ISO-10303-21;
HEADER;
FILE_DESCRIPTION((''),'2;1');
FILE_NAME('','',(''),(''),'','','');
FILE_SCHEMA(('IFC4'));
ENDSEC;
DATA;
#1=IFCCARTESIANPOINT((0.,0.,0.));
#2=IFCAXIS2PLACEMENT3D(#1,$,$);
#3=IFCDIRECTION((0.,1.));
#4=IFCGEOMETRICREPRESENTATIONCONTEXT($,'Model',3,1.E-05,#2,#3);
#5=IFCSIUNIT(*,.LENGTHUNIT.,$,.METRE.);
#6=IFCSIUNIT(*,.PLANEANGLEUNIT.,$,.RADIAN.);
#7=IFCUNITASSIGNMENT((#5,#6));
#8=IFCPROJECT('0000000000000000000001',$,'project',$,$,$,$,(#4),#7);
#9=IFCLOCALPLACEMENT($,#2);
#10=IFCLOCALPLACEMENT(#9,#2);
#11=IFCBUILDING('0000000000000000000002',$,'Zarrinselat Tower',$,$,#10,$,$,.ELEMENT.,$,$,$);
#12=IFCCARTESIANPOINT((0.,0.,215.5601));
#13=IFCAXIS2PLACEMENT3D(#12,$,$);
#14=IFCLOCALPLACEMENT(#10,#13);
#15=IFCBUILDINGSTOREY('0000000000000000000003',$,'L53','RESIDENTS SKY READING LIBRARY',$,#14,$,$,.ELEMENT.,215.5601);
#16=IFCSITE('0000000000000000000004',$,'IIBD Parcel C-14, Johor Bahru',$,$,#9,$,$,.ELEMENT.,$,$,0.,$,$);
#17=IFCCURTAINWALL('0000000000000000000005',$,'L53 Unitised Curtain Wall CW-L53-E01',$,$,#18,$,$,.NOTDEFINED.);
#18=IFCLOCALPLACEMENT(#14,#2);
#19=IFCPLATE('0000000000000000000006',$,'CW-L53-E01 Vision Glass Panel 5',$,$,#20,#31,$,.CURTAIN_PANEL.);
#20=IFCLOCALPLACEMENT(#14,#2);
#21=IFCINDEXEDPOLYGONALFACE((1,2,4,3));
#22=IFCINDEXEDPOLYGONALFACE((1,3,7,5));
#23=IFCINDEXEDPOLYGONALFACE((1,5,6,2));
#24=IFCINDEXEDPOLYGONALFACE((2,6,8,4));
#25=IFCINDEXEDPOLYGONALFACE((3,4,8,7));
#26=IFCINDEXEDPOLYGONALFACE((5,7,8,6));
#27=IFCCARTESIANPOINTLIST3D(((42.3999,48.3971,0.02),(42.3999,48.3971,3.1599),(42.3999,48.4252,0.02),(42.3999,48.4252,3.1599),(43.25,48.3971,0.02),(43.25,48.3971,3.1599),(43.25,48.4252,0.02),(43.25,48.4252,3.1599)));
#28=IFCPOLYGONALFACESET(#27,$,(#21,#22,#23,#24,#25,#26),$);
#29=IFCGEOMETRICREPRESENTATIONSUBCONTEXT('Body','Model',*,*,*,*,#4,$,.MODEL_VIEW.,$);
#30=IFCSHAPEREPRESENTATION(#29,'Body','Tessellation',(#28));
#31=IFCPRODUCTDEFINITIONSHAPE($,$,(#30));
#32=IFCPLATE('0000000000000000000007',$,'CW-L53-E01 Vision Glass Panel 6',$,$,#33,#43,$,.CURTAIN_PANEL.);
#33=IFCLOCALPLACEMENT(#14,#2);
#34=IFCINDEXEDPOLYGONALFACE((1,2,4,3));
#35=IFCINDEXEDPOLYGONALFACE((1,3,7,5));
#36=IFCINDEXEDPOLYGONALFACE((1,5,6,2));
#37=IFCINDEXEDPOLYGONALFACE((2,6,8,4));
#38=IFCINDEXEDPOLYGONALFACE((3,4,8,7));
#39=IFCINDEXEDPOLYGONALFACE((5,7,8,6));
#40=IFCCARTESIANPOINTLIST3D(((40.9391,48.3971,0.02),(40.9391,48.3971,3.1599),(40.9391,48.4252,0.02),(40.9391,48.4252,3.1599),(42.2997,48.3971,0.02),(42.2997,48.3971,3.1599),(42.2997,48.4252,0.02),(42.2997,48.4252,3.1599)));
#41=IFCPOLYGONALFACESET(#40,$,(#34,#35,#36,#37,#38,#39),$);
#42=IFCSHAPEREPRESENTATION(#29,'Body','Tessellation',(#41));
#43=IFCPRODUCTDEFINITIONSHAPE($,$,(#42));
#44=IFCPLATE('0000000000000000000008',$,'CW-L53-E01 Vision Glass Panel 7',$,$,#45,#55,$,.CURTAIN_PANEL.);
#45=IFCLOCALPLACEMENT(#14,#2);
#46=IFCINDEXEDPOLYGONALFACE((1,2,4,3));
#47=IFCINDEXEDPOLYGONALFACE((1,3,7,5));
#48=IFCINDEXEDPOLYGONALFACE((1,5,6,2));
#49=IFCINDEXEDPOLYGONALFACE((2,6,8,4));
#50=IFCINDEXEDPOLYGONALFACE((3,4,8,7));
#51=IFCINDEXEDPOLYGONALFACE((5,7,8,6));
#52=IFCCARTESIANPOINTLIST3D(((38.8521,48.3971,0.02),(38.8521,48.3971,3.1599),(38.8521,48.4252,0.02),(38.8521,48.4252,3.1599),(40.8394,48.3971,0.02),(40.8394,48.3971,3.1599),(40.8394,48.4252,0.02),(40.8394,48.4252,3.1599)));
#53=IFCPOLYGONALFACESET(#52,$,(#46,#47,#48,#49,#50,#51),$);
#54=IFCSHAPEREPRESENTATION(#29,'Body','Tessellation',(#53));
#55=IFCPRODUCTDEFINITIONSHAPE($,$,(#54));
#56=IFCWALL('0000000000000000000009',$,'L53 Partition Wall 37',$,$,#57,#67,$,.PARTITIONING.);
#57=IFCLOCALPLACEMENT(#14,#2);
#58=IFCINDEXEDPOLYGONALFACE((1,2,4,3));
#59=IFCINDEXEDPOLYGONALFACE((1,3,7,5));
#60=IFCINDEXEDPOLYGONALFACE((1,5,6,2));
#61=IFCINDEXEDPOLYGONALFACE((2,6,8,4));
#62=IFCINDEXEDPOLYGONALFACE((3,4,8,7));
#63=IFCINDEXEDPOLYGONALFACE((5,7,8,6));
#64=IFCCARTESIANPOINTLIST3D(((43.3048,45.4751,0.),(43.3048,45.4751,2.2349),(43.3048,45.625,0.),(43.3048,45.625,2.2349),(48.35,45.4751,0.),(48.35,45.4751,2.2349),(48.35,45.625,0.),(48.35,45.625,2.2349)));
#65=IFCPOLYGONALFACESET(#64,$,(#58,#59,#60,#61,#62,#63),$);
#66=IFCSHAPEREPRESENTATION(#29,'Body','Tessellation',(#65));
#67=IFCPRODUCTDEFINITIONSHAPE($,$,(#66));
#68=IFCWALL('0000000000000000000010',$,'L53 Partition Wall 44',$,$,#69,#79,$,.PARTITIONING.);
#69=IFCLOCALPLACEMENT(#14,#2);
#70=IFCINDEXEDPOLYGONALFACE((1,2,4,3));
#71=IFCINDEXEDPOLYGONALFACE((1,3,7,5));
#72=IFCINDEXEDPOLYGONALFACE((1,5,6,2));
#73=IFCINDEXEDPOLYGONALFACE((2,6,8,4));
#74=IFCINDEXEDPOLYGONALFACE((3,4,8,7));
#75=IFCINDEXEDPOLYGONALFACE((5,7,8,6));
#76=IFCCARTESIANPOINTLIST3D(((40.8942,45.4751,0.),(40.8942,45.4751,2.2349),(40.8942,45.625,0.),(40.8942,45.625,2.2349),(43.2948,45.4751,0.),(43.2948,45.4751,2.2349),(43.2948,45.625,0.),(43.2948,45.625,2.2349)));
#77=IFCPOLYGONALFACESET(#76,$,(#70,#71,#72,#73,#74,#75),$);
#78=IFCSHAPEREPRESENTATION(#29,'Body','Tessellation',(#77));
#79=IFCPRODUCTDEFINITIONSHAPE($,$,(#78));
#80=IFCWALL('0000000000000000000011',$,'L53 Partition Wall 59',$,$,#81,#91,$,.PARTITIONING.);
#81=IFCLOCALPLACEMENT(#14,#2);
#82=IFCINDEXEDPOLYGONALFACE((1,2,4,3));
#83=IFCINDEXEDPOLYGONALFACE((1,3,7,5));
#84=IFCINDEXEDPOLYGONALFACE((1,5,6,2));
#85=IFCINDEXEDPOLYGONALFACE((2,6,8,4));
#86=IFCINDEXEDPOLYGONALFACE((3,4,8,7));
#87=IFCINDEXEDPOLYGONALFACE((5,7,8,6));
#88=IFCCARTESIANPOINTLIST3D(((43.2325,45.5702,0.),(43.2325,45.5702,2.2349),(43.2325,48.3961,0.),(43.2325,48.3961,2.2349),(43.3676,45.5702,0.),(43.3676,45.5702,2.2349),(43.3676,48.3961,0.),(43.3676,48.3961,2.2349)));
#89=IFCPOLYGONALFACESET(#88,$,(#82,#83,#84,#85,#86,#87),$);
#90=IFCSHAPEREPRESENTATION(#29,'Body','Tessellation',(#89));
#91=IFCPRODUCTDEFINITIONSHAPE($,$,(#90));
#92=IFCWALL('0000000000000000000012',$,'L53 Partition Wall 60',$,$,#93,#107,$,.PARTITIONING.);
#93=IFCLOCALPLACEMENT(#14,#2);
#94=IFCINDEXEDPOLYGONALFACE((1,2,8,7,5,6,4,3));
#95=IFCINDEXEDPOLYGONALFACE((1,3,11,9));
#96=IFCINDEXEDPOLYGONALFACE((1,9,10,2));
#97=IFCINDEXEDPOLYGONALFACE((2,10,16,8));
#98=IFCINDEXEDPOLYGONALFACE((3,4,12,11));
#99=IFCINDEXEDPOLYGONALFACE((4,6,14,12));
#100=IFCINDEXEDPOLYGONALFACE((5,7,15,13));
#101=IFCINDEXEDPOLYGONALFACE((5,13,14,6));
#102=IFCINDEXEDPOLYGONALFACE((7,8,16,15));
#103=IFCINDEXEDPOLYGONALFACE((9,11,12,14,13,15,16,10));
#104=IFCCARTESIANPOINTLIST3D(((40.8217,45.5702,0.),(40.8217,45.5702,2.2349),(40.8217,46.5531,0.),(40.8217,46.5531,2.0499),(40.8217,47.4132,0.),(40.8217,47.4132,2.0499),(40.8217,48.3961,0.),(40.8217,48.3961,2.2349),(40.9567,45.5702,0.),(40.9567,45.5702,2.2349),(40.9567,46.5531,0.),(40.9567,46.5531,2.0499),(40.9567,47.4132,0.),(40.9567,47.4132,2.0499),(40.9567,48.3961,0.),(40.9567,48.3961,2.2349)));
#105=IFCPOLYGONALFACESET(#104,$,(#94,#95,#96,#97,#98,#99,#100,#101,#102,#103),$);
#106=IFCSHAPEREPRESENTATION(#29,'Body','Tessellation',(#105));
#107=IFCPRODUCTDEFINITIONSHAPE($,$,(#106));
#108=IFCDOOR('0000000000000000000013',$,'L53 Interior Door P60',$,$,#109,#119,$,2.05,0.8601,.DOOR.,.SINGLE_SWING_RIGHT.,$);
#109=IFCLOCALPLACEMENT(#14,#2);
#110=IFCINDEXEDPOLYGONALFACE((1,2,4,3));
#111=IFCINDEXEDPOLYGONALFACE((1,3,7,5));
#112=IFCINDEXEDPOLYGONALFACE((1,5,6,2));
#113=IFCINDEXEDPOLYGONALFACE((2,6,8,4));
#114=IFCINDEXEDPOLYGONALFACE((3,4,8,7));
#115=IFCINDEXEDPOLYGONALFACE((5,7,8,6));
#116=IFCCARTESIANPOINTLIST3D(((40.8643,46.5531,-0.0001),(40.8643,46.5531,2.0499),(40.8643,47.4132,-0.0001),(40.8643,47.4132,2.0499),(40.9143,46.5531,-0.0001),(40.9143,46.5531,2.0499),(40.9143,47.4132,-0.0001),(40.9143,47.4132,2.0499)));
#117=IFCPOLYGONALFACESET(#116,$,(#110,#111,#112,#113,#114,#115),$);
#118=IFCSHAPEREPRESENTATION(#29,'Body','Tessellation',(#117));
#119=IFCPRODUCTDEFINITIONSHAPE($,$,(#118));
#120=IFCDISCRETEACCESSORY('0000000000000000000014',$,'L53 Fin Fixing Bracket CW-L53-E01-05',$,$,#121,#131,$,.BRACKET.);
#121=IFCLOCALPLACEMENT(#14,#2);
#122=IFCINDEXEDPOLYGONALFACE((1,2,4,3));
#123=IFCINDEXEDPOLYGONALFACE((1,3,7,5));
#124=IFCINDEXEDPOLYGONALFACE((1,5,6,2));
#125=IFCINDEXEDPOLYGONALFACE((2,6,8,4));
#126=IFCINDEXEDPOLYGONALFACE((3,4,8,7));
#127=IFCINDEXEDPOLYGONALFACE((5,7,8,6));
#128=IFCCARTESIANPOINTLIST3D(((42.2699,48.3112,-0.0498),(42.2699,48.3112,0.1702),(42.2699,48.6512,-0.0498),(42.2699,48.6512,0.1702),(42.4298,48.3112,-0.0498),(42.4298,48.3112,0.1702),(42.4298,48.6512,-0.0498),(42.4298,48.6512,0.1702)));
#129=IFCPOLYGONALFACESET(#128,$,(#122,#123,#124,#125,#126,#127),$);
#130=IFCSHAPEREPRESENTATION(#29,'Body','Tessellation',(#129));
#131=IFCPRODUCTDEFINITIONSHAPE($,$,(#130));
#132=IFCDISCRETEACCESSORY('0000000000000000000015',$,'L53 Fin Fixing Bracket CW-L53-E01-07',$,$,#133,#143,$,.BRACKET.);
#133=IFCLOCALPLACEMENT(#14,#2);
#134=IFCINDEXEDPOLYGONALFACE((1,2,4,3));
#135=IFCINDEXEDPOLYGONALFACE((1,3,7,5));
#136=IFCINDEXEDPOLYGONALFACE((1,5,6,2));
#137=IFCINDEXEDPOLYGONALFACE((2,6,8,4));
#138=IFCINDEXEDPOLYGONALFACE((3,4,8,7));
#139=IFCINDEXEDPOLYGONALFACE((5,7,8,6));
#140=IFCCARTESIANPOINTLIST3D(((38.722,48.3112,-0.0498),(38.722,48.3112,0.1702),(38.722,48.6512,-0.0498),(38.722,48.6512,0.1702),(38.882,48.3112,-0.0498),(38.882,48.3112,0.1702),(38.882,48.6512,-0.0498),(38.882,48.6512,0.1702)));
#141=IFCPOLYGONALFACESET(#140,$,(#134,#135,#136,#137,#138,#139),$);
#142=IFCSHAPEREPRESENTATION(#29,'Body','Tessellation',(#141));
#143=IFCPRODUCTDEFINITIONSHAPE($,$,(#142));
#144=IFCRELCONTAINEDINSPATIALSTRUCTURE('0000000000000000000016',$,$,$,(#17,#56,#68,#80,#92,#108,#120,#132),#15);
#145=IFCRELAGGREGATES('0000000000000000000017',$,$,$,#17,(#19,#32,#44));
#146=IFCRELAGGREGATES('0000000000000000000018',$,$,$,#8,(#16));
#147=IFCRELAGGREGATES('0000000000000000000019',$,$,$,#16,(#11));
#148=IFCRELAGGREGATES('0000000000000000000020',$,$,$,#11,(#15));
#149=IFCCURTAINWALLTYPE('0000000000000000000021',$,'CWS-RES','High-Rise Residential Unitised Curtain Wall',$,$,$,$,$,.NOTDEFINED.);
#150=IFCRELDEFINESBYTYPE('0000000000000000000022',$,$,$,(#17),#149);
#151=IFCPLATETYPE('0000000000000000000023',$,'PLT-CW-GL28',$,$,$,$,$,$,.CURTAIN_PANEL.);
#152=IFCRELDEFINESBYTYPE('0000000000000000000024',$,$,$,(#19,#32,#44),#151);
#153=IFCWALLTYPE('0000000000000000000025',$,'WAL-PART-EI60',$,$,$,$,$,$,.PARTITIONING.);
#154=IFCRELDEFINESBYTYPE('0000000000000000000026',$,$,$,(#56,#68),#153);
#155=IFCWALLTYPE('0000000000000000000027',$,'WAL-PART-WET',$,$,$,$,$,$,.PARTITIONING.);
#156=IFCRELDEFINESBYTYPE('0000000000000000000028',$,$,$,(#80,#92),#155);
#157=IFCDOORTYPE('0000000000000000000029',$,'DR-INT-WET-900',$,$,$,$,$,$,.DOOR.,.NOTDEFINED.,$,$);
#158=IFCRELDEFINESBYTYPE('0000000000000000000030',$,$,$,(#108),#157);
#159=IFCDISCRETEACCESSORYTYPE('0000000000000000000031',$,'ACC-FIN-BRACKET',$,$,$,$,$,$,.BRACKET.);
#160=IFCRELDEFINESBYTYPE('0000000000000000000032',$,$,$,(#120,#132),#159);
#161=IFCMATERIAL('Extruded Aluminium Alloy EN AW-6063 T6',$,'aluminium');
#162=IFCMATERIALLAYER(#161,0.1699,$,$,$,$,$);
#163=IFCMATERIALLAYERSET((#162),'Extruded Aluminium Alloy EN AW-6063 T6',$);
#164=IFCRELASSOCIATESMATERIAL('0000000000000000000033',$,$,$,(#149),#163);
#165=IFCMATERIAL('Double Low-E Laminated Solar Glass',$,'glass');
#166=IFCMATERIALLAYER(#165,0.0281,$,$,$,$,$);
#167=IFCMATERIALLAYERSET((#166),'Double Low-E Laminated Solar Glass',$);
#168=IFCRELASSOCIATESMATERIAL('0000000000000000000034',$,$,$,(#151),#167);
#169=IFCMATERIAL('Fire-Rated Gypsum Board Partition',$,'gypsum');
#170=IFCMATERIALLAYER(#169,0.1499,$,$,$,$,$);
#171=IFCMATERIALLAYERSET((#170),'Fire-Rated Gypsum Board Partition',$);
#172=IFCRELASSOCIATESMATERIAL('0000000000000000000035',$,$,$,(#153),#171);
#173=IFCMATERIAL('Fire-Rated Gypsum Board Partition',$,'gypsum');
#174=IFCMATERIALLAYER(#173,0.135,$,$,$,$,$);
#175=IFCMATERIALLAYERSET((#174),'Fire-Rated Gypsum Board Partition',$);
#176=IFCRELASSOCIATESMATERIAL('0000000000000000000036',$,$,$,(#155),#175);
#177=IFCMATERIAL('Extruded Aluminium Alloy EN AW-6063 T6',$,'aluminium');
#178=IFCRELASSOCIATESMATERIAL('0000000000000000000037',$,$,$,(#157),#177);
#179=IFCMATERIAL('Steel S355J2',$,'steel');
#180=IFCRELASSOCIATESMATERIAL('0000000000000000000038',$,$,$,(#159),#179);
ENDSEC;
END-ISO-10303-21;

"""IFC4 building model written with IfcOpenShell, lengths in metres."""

from ifc_helpers import new_model, si_unit, direction, frame, frame_2d, origin, origin_2d, place, context, subcontext, project, spatial, rectangle, extrude, material, layer, layer_set, type_object, element, fill, aggregate, save


model = new_model("IFC4")

# Units and contexts
model_context = context("Model", 3, precision=1e-05, world=origin(), true_north=direction((0.0, 1.0)))
body_context = subcontext(model_context, "Body", "Model", "MODEL_VIEW")
ifc_project = project(units=[si_unit("LENGTHUNIT", "METRE"), si_unit("PLANEANGLEUNIT", "RADIAN")], contexts=[model_context])

# Site, building, storey
site_placement = place(None, origin())
site = spatial("IfcSite", under=ifc_project, at=site_placement, Name="IIBD Parcel C-14, Johor Bahru", CompositionType="ELEMENT", RefElevation=0.0)
building_placement = place(site_placement, origin())
building = spatial("IfcBuilding", under=site, at=building_placement, Name="Zarrinselat Tower", CompositionType="ELEMENT")
storey_placement = place(building_placement, frame((0.0, 0.0, 215.5601)))
storey = spatial("IfcBuildingStorey", under=building, at=storey_placement, Name="L53", Description="RESIDENTS SKY READING LIBRARY", CompositionType="ELEMENT", Elevation=215.5601)

# Curtain wall, plates
ifc_material_1 = material(Name="Extruded Aluminium Alloy EN AW-6063 T6", Category="aluminium")
ifc_layer_1 = layer(ifc_material_1, 0.1699)
ifc_layer_set_1 = layer_set([ifc_layer_1], Name="Extruded Aluminium Alloy EN AW-6063 T6")
curtain_wall_type = type_object("IfcCurtainWallType", Name="CWS-RES", Description="High-Rise Residential Unitised Curtain Wall", PredefinedType="NOTDEFINED", material=ifc_layer_set_1)
curtain_wall_placement = place(storey_placement, origin())
curtain_wall = element("IfcCurtainWall", 1, at=curtain_wall_placement, inside=storey, type_object=curtain_wall_type, Name="L53 Unitised Curtain Wall CW-L53-E01", PredefinedType="NOTDEFINED")
ifc_material_2 = material(Name="Double Low-E Laminated Solar Glass", Category="glass")
ifc_layer_2 = layer(ifc_material_2, 0.0281)
ifc_layer_set_2 = layer_set([ifc_layer_2], Name="Double Low-E Laminated Solar Glass")
plate_type = type_object("IfcPlateType", Name="PLT-CW-GL28", PredefinedType="CURTAIN_PANEL", material=ifc_layer_set_2)
plate_1_placement = place(storey_placement, frame((42.825, 48.4111, 0.02), z_axis=(0.0, 0.0, 1.0), x_axis=(-1.0, 0.0, 0.0)))
plate_1 = element("IfcPlate", 2, at=plate_1_placement, type_object=plate_type, Name="CW-L53-E01 Vision Glass Panel 5", PredefinedType="CURTAIN_PANEL", context=body_context, shape_type="SweptSolid", body=[
    extrude(rectangle(XDim=0.8501, YDim=0.0281, at=origin_2d()), origin(), (0.0, 0.0, 1.0), 3.1399),
])
plate_2_placement = place(storey_placement, frame((41.6194, 48.4111, 0.02), z_axis=(0.0, 0.0, 1.0), x_axis=(-1.0, 0.0, 0.0)))
plate_2 = element("IfcPlate", 3, at=plate_2_placement, type_object=plate_type, Name="CW-L53-E01 Vision Glass Panel 6", PredefinedType="CURTAIN_PANEL", context=body_context, shape_type="SweptSolid", body=[
    extrude(rectangle(XDim=1.3606, YDim=0.0281, at=origin_2d()), origin(), (0.0, 0.0, 1.0), 3.1399),
])
plate_3_placement = place(storey_placement, frame((39.8457, 48.4111, 0.02), z_axis=(0.0, 0.0, 1.0), x_axis=(-1.0, 0.0, 0.0)))
plate_3 = element("IfcPlate", 4, at=plate_3_placement, type_object=plate_type, Name="CW-L53-E01 Vision Glass Panel 7", PredefinedType="CURTAIN_PANEL", context=body_context, shape_type="SweptSolid", body=[
    extrude(rectangle(XDim=1.9873, YDim=0.0281, at=origin_2d()), origin(), (0.0, 0.0, 1.0), 3.1399),
])
aggregate(curtain_wall, [plate_1, plate_2, plate_3])

# Walls
ifc_material_3 = material(Name="Fire-Rated Gypsum Board Partition", Category="gypsum")
ifc_layer_3 = layer(ifc_material_3, 0.1499)
ifc_layer_set_3 = layer_set([ifc_layer_3], Name="Fire-Rated Gypsum Board Partition")
wall_type_1 = type_object("IfcWallType", Name="WAL-PART-EI60", PredefinedType="PARTITIONING", material=ifc_layer_set_3)
wall_1_placement = place(storey_placement, frame((43.3049, 45.55, 0.0), z_axis=(0.0, 0.0, 1.0), x_axis=(1.0, 0.0, 0.0)))
element("IfcWall", 5, at=wall_1_placement, inside=storey, type_object=wall_type_1, Name="L53 Partition Wall 37", PredefinedType="PARTITIONING", context=body_context, shape_type="SweptSolid", body=[
    extrude(rectangle(XDim=5.0452, YDim=0.1499, at=frame_2d((2.5225, 0.0))), origin(), (0.0, 0.0, 1.0), 2.2349),
])
wall_2_placement = place(storey_placement, frame((40.8943, 45.55, 0.0), z_axis=(0.0, 0.0, 1.0), x_axis=(1.0, 0.0, 0.0)))
element("IfcWall", 6, at=wall_2_placement, inside=storey, type_object=wall_type_1, Name="L53 Partition Wall 44", PredefinedType="PARTITIONING", context=body_context, shape_type="SweptSolid", body=[
    extrude(rectangle(XDim=2.4006, YDim=0.1499, at=frame_2d((1.2002, 0.0))), origin(), (0.0, 0.0, 1.0), 2.2349),
])
ifc_material_4 = material(Name="Fire-Rated Gypsum Board Partition", Category="gypsum")
ifc_layer_4 = layer(ifc_material_4, 0.135)
ifc_layer_set_4 = layer_set([ifc_layer_4], Name="Fire-Rated Gypsum Board Partition")
wall_type_2 = type_object("IfcWallType", Name="WAL-PART-WET", PredefinedType="PARTITIONING", material=ifc_layer_set_4)
wall_3_placement = place(storey_placement, frame((43.3, 45.5701, 0.0), z_axis=(0.0, 0.0, 1.0), x_axis=(0.0, 1.0, 0.0)))
element("IfcWall", 7, at=wall_3_placement, inside=storey, type_object=wall_type_2, Name="L53 Partition Wall 59", PredefinedType="PARTITIONING", context=body_context, shape_type="SweptSolid", body=[
    extrude(rectangle(XDim=2.8259, YDim=0.135, at=frame_2d((1.4131, 0.0))), origin(), (0.0, 0.0, 1.0), 2.2349),
])

# Wall, opening, door
wall_4_placement = place(storey_placement, frame((40.8892, 45.5701, 0.0), z_axis=(0.0, 0.0, 1.0), x_axis=(0.0, 1.0, 0.0)))
wall_4 = element("IfcWall", 8, at=wall_4_placement, inside=storey, type_object=wall_type_2, Name="L53 Partition Wall 60", PredefinedType="PARTITIONING", context=body_context, shape_type="SweptSolid", body=[
    extrude(rectangle(XDim=2.8259, YDim=0.135, at=frame_2d((1.4131, 0.0))), origin(), (0.0, 0.0, 1.0), 2.2349),
])
opening_placement = place(wall_4_placement, frame((0.9829, 0.0, 0.0)))
opening = element("IfcOpeningElement", 9, at=opening_placement, cuts=wall_4, PredefinedType="OPENING", context=body_context, shape_type="SweptSolid", body=[
    extrude(rectangle(XDim=0.8601, YDim=2.05, at=frame_2d((0.4302, 1.0249))), frame((0.0, 0.0774, 0.0), z_axis=(0.0, -1.0, 0.0), x_axis=(1.0, 0.0, 0.0)), (0.0, 0.0, 1.0), 0.155),
])
ifc_material_5 = material(Name="Extruded Aluminium Alloy EN AW-6063 T6", Category="aluminium")
door_type = type_object("IfcDoorType", Name="DR-INT-WET-900", OperationType="NOTDEFINED", PredefinedType="DOOR", material=ifc_material_5)
door_placement = place(opening_placement, origin())
door = element("IfcDoor", 10, at=door_placement, inside=storey, type_object=door_type, Name="L53 Interior Door P60", OperationType="SINGLE_SWING_RIGHT", OverallHeight=2.05, OverallWidth=0.8601, PredefinedType="DOOR", context=body_context, shape_type="SweptSolid", body=[
    extrude(rectangle(XDim=0.8601, YDim=2.05, at=frame_2d((0.4302, 1.0249))), frame((0.0, 0.0249, 0.0), z_axis=(0.0, -1.0, 0.0), x_axis=(1.0, 0.0, 0.0)), (0.0, 0.0, 1.0), 0.05),
])
fill(opening, door)

# Discrete accessories
ifc_material_6 = material(Name="Steel S355J2", Category="steel")
discrete_accessory_type = type_object("IfcDiscreteAccessoryType", Name="ACC-FIN-BRACKET", PredefinedType="BRACKET", material=ifc_material_6)
for number, where, z_axis, x_axis, name in (
    (11, (42.3499, 48.4812, -0.0498), (0.0, 0.0, 1.0), (0.0, 1.0, 0.0), "L53 Fin Fixing Bracket CW-L53-E01-05"),
    (12, (38.802, 48.4812, -0.0498), (0.0, 0.0, 1.0), (0.0, 1.0, 0.0), "L53 Fin Fixing Bracket CW-L53-E01-07"),
):
    element("IfcDiscreteAccessory", number, at=place(storey_placement, frame(where, z_axis=z_axis, x_axis=x_axis)), inside=storey, type_object=discrete_accessory_type, Name=name, PredefinedType="BRACKET", context=body_context, shape_type="SweptSolid", body=[
        extrude(rectangle(XDim=0.3401, YDim=0.1599, at=origin_2d()), origin(), (0.0, 0.0, 1.0), 0.22),
    ])

save(model, "model.ifc")
